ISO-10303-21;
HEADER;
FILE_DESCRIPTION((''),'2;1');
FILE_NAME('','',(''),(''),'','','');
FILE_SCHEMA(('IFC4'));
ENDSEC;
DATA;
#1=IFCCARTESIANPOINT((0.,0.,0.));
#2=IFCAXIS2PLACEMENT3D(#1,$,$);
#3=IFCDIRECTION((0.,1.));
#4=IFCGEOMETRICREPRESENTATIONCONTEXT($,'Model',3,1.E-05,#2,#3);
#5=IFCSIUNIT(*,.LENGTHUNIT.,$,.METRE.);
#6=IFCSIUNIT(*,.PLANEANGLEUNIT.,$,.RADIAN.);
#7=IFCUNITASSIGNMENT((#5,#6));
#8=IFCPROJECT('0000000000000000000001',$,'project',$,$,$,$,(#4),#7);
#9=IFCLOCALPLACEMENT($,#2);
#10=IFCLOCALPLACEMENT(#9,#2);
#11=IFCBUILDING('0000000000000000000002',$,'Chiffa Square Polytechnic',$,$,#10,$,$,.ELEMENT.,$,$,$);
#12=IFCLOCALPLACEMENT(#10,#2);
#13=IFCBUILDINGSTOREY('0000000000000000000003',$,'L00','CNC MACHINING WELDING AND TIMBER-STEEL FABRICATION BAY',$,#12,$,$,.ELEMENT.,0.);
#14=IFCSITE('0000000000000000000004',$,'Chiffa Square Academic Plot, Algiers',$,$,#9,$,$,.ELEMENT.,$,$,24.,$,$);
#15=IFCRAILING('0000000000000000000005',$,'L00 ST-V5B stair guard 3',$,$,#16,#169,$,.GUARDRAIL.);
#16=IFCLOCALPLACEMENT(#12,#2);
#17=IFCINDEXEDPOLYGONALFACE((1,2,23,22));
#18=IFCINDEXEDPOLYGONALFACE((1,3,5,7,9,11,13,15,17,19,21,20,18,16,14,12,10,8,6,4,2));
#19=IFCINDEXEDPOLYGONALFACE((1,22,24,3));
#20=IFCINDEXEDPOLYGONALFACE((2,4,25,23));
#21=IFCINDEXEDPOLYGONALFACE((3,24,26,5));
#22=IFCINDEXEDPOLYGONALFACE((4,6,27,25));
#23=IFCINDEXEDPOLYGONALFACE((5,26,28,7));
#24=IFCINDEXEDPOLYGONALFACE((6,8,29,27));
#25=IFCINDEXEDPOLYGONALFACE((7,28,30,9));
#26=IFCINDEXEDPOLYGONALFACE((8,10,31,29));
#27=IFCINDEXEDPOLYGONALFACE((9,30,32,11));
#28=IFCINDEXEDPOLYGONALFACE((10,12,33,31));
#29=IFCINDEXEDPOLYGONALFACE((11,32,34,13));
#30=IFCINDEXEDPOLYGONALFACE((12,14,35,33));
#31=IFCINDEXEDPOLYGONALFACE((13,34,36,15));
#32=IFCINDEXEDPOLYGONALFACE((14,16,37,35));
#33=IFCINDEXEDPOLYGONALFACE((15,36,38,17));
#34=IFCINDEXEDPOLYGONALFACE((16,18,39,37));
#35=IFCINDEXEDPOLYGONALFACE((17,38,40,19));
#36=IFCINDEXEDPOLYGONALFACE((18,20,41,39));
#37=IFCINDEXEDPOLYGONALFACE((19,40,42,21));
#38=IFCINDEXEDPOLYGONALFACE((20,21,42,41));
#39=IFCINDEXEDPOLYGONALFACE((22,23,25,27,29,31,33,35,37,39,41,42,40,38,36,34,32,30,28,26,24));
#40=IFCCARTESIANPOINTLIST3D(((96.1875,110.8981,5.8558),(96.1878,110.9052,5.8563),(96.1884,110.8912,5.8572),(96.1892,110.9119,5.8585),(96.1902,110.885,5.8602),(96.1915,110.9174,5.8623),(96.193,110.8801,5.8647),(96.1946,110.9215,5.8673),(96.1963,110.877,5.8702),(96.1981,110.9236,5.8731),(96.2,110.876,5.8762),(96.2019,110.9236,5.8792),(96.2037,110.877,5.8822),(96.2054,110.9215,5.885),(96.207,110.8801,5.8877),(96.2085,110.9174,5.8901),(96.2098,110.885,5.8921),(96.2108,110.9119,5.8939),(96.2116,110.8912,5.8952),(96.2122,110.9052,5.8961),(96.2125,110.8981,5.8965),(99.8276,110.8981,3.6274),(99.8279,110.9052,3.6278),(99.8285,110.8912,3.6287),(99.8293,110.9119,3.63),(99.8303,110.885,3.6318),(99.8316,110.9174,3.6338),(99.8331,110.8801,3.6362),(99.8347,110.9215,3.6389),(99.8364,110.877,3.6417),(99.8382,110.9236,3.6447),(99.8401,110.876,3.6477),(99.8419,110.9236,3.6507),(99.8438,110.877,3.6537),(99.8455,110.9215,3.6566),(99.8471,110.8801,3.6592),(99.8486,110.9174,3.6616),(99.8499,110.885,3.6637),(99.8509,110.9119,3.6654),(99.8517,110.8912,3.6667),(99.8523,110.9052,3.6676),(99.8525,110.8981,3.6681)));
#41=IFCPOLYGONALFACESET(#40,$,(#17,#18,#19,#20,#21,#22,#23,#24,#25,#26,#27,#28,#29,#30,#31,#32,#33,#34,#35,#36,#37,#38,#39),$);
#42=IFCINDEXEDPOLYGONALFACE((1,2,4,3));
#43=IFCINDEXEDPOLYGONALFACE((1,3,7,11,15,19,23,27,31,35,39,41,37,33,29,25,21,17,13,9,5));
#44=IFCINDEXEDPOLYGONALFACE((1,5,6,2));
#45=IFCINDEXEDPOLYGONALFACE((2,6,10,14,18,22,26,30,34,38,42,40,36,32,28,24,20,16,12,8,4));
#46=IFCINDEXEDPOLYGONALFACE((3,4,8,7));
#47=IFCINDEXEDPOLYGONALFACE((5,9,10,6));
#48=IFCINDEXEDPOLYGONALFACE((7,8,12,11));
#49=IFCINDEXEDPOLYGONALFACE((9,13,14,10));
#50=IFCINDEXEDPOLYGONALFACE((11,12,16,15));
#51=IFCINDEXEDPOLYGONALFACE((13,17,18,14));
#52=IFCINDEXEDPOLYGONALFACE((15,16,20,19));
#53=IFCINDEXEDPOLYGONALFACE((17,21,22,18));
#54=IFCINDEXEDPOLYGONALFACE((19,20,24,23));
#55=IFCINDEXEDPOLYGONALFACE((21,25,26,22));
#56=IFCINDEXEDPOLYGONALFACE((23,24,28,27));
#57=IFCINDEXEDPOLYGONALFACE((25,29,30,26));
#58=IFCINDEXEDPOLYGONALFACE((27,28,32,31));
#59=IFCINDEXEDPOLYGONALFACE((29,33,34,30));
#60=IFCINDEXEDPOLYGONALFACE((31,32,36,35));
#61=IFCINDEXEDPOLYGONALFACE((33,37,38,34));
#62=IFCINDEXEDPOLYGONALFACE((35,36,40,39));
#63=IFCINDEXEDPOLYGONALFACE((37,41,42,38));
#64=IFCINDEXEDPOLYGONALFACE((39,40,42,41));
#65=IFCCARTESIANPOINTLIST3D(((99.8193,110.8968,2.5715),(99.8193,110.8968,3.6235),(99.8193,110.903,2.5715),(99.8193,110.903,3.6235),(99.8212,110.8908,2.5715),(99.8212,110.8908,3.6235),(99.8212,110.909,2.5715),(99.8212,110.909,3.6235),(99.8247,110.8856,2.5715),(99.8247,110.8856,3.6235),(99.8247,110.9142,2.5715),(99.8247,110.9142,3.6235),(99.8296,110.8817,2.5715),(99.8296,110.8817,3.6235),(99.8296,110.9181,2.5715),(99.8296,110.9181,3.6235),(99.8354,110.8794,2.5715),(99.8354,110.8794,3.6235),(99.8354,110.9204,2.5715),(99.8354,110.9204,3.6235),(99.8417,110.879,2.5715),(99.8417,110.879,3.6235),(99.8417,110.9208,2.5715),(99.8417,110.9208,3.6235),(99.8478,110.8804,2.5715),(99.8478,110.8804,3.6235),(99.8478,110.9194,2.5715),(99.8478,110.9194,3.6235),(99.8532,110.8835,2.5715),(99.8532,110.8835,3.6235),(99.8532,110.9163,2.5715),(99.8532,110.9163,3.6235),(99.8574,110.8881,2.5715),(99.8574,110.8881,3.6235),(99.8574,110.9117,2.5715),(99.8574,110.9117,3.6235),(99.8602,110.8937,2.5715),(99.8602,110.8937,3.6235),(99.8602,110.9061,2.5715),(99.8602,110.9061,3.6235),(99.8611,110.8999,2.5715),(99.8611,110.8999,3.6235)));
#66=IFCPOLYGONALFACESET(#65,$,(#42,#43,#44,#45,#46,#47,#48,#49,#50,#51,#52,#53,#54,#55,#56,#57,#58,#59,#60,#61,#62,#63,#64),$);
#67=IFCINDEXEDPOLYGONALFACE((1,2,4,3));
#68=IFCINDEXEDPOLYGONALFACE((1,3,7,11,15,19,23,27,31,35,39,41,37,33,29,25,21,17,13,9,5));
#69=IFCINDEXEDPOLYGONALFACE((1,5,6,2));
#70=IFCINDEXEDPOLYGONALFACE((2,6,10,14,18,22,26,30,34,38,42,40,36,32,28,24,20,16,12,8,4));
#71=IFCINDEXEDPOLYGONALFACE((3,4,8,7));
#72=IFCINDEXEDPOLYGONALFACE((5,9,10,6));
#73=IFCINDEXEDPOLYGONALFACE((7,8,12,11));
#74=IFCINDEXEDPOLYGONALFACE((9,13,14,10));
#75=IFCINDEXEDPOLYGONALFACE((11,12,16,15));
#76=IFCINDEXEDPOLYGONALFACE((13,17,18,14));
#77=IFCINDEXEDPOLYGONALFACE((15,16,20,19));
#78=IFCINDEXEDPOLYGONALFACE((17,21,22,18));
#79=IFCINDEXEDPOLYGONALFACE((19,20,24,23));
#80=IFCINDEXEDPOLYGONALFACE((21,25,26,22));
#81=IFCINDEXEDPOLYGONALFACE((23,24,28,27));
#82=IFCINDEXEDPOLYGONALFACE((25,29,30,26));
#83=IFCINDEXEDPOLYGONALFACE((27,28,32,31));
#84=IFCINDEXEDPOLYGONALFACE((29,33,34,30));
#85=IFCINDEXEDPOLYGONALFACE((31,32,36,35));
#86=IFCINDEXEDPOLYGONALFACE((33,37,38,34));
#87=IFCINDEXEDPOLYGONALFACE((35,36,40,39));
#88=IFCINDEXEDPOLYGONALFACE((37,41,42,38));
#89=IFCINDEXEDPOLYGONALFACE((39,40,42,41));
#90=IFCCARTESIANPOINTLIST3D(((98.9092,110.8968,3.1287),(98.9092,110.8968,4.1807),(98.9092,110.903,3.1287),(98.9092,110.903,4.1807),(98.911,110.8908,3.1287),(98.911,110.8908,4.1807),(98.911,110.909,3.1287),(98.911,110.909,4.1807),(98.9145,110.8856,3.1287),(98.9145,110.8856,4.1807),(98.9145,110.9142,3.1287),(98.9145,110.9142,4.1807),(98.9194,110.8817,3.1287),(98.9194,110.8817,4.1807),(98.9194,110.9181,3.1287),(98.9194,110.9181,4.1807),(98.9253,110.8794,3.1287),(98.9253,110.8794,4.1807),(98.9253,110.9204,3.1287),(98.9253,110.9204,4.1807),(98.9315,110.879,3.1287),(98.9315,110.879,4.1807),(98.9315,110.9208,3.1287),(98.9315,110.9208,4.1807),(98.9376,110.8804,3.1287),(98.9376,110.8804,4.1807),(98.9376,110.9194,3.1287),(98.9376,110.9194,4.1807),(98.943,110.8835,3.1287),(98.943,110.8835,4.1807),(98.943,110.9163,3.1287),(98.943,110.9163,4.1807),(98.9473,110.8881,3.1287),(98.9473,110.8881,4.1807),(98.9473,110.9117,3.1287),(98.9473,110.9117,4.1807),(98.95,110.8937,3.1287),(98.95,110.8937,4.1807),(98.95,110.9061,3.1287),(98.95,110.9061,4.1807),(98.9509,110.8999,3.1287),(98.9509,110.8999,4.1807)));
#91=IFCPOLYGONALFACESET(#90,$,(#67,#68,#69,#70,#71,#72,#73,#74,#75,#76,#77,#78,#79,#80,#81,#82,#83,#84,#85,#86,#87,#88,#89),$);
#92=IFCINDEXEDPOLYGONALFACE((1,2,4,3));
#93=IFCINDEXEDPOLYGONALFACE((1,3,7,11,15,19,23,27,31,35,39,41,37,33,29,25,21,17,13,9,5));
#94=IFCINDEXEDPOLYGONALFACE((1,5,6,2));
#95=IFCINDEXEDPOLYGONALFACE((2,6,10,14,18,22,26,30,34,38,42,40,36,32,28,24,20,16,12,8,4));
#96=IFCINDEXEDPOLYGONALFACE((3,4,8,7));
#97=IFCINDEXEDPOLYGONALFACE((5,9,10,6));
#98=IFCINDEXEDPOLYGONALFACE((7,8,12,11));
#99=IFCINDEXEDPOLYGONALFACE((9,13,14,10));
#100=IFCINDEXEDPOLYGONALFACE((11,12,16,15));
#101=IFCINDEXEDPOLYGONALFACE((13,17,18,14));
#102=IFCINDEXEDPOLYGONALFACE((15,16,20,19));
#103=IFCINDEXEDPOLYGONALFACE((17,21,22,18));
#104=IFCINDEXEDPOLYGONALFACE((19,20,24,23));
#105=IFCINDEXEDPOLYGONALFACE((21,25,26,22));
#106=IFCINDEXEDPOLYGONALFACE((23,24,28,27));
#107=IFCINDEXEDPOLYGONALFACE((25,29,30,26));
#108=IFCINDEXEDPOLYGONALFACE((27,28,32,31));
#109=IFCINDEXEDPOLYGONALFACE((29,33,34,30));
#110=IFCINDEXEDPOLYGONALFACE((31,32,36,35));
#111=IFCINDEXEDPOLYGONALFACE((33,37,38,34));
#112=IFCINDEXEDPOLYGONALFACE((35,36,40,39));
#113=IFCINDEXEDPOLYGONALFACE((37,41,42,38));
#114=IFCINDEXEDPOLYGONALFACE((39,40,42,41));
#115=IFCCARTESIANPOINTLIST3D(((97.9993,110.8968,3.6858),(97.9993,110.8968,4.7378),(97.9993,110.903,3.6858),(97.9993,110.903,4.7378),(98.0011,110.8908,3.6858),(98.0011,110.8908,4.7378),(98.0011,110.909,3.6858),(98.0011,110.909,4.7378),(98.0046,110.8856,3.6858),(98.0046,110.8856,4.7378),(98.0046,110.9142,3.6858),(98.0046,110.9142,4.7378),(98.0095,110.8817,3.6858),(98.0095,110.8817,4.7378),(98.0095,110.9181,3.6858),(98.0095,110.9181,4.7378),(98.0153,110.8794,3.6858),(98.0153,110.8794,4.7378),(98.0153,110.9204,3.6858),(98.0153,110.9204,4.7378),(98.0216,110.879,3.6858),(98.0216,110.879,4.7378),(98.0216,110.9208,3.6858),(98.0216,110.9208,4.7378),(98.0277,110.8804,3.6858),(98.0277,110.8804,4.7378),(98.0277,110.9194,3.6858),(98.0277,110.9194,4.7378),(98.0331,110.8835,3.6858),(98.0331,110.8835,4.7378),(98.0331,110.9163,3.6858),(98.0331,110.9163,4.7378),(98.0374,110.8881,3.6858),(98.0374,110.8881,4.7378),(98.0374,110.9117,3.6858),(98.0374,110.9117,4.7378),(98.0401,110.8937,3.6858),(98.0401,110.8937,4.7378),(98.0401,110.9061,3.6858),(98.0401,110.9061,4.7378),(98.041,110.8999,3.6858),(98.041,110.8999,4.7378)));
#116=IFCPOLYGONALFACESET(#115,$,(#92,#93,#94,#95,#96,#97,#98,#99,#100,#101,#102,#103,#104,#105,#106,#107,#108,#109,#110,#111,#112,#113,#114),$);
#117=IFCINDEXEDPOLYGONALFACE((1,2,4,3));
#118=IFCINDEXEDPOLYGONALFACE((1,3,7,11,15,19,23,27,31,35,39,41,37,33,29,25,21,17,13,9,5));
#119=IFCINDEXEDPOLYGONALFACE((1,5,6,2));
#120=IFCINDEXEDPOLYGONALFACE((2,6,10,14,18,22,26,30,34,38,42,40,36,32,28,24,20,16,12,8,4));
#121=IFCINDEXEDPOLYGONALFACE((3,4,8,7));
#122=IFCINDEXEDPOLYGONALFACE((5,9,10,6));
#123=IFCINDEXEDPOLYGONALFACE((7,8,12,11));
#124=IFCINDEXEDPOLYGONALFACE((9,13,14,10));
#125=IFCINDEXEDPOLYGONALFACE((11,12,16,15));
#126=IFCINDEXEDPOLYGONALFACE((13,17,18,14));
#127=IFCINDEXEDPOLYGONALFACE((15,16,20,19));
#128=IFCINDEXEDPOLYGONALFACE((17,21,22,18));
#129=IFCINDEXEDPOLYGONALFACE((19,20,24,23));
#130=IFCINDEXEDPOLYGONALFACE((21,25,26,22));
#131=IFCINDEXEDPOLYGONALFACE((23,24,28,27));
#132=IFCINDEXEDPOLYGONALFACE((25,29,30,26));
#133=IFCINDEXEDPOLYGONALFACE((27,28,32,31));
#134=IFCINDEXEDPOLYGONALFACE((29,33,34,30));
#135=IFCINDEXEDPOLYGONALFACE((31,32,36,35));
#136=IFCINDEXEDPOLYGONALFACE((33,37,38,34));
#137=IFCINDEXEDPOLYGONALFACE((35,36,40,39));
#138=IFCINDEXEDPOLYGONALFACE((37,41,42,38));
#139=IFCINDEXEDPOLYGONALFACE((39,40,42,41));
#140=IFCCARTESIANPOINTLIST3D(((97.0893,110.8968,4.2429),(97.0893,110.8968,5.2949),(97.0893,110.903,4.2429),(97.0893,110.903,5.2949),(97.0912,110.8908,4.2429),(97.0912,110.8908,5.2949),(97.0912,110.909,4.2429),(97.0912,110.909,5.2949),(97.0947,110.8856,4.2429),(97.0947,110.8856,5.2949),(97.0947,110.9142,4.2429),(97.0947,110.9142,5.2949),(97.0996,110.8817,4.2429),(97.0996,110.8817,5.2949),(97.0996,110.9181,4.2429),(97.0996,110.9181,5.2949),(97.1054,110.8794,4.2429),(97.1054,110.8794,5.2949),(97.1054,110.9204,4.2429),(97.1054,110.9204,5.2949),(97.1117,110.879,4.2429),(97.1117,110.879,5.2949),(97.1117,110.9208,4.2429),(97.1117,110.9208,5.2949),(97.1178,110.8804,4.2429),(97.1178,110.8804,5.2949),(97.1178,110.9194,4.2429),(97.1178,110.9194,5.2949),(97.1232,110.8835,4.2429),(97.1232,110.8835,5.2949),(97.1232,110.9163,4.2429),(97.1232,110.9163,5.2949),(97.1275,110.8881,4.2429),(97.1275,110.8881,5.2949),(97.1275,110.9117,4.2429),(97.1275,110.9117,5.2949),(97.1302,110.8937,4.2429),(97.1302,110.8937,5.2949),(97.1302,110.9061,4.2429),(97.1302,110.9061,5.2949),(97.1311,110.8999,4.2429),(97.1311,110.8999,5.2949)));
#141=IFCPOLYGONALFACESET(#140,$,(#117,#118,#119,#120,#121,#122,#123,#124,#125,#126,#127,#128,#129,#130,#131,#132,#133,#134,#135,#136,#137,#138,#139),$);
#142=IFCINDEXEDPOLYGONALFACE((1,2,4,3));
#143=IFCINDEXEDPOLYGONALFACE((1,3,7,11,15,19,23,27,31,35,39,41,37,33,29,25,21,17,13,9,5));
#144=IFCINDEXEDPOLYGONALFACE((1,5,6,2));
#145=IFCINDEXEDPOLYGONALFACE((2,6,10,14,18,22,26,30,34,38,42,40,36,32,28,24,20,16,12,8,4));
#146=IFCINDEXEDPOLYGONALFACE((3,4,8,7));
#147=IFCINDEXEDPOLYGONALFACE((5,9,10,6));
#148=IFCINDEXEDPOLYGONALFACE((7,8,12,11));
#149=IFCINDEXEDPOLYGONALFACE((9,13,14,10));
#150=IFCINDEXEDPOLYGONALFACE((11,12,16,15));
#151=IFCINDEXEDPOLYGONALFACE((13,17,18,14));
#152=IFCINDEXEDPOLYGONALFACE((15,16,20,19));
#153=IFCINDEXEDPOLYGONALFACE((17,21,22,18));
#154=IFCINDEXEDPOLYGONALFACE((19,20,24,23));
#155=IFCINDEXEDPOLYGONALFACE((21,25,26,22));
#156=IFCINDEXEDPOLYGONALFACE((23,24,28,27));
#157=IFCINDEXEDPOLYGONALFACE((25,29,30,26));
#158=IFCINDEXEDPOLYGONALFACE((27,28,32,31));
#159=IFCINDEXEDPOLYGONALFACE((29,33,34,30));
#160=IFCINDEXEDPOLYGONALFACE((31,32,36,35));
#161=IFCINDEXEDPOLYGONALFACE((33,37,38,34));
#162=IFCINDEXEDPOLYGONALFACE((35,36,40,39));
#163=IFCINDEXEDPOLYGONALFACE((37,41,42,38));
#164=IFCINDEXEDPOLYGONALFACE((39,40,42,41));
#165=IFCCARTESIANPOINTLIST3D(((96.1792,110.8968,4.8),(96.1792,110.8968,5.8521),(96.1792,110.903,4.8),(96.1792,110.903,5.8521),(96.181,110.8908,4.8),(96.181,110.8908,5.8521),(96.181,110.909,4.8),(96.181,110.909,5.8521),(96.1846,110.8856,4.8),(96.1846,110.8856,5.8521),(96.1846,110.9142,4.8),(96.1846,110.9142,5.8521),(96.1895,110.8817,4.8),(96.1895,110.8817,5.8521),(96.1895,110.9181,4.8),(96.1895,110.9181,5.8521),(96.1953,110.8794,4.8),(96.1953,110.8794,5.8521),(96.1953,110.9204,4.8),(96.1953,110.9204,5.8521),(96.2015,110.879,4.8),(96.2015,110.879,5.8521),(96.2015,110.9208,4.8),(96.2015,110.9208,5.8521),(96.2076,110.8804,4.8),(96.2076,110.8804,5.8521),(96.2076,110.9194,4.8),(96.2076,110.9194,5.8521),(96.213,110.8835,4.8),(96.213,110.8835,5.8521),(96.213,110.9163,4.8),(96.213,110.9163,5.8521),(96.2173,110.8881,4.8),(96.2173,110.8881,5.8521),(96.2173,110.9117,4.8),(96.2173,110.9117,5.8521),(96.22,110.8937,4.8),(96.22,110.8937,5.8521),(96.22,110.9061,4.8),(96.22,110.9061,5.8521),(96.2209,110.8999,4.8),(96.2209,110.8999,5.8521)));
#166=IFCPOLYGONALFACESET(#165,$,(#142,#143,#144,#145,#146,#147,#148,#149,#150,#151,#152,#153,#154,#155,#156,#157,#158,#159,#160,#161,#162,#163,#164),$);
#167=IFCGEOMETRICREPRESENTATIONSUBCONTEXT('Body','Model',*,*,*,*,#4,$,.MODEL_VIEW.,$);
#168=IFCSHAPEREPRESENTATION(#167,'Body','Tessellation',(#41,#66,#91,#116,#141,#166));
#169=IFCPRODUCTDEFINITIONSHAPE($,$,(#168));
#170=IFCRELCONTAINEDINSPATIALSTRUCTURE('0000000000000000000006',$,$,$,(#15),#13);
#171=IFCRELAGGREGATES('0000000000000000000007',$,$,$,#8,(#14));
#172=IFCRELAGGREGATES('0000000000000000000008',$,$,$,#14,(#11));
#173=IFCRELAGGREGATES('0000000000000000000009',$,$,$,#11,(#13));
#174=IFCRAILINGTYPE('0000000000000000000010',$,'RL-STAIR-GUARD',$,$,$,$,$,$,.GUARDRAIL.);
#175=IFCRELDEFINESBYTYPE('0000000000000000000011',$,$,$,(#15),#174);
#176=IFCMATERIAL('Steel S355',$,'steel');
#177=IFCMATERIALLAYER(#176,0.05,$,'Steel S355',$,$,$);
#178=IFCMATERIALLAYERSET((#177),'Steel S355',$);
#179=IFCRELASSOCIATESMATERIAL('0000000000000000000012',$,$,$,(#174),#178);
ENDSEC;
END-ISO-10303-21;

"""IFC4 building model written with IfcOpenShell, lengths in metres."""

from ifc_helpers import new_model, si_unit, direction, frame, origin, origin_2d, place, context, subcontext, project, spatial, circle, extrude, material, layer, layer_set, type_object, element, save


model = new_model("IFC4")

# Units and contexts
model_context = context("Model", 3, precision=1e-05, world=origin(), true_north=direction((0.0, 1.0)))
body_context = subcontext(model_context, "Body", "Model", "MODEL_VIEW")
ifc_project = project(units=[si_unit("LENGTHUNIT", "METRE"), si_unit("PLANEANGLEUNIT", "RADIAN")], contexts=[model_context])

# Site, building, storey
site_placement = place(None, origin())
site = spatial("IfcSite", under=ifc_project, at=site_placement, Name="Chiffa Square Academic Plot, Algiers", CompositionType="ELEMENT", RefElevation=24.0)
building_placement = place(site_placement, origin())
building = spatial("IfcBuilding", under=site, at=building_placement, Name="Chiffa Square Polytechnic", CompositionType="ELEMENT")
storey_placement = place(building_placement, origin())
storey = spatial("IfcBuildingStorey", under=building, at=storey_placement, Name="L00", Description="CNC MACHINING WELDING AND TIMBER-STEEL FABRICATION BAY", CompositionType="ELEMENT", Elevation=0.0)

# Railing
ifc_material_1 = material(Name="Steel S355", Category="steel")
ifc_layer_1 = layer(ifc_material_1, 0.05, Name="Steel S355")
ifc_layer_set_1 = layer_set([ifc_layer_1], Name="Steel S355")
railing_type_1 = type_object("IfcRailingType", Name="RL-STAIR-GUARD", PredefinedType="GUARDRAIL", material=ifc_layer_set_1)
railing_1_placement = place(storey_placement, frame((99.8401, 110.8999, 2.5715)))
element("IfcRailing", 1, at=railing_1_placement, inside=storey, type_object=railing_type_1, Name="L00 ST-V5B stair guard 3", PredefinedType="GUARDRAIL", context=body_context, shape_type="SweptSolid", body=[
    extrude(circle(Radius=0.0239, at=origin_2d()), frame((0.0, 0.0, 1.0762), z_axis=(-0.852866, 0.0, 0.52213), x_axis=(0.0, -1.0, 0.0)), (0.0, 0.0, 1.0), 4.2681),
    extrude(circle(Radius=0.021, at=origin_2d()), origin(), (0.0, 0.0, 1.0), 1.052),
    extrude(circle(Radius=0.021, at=origin_2d()), frame((-0.9102, 0.0, 0.5571)), (0.0, 0.0, 1.0), 1.052),
    extrude(circle(Radius=0.021, at=origin_2d()), frame((-1.8201, 0.0, 1.1143)), (0.0, 0.0, 1.0), 1.052),
    extrude(circle(Radius=0.021, at=origin_2d()), frame((-2.73, 0.0, 1.6714)), (0.0, 0.0, 1.0), 1.052),
    extrude(circle(Radius=0.021, at=origin_2d()), frame((-3.6401, 0.0, 2.2285)), (0.0, 0.0, 1.0), 1.052),
])

save(model, "model.ifc")
